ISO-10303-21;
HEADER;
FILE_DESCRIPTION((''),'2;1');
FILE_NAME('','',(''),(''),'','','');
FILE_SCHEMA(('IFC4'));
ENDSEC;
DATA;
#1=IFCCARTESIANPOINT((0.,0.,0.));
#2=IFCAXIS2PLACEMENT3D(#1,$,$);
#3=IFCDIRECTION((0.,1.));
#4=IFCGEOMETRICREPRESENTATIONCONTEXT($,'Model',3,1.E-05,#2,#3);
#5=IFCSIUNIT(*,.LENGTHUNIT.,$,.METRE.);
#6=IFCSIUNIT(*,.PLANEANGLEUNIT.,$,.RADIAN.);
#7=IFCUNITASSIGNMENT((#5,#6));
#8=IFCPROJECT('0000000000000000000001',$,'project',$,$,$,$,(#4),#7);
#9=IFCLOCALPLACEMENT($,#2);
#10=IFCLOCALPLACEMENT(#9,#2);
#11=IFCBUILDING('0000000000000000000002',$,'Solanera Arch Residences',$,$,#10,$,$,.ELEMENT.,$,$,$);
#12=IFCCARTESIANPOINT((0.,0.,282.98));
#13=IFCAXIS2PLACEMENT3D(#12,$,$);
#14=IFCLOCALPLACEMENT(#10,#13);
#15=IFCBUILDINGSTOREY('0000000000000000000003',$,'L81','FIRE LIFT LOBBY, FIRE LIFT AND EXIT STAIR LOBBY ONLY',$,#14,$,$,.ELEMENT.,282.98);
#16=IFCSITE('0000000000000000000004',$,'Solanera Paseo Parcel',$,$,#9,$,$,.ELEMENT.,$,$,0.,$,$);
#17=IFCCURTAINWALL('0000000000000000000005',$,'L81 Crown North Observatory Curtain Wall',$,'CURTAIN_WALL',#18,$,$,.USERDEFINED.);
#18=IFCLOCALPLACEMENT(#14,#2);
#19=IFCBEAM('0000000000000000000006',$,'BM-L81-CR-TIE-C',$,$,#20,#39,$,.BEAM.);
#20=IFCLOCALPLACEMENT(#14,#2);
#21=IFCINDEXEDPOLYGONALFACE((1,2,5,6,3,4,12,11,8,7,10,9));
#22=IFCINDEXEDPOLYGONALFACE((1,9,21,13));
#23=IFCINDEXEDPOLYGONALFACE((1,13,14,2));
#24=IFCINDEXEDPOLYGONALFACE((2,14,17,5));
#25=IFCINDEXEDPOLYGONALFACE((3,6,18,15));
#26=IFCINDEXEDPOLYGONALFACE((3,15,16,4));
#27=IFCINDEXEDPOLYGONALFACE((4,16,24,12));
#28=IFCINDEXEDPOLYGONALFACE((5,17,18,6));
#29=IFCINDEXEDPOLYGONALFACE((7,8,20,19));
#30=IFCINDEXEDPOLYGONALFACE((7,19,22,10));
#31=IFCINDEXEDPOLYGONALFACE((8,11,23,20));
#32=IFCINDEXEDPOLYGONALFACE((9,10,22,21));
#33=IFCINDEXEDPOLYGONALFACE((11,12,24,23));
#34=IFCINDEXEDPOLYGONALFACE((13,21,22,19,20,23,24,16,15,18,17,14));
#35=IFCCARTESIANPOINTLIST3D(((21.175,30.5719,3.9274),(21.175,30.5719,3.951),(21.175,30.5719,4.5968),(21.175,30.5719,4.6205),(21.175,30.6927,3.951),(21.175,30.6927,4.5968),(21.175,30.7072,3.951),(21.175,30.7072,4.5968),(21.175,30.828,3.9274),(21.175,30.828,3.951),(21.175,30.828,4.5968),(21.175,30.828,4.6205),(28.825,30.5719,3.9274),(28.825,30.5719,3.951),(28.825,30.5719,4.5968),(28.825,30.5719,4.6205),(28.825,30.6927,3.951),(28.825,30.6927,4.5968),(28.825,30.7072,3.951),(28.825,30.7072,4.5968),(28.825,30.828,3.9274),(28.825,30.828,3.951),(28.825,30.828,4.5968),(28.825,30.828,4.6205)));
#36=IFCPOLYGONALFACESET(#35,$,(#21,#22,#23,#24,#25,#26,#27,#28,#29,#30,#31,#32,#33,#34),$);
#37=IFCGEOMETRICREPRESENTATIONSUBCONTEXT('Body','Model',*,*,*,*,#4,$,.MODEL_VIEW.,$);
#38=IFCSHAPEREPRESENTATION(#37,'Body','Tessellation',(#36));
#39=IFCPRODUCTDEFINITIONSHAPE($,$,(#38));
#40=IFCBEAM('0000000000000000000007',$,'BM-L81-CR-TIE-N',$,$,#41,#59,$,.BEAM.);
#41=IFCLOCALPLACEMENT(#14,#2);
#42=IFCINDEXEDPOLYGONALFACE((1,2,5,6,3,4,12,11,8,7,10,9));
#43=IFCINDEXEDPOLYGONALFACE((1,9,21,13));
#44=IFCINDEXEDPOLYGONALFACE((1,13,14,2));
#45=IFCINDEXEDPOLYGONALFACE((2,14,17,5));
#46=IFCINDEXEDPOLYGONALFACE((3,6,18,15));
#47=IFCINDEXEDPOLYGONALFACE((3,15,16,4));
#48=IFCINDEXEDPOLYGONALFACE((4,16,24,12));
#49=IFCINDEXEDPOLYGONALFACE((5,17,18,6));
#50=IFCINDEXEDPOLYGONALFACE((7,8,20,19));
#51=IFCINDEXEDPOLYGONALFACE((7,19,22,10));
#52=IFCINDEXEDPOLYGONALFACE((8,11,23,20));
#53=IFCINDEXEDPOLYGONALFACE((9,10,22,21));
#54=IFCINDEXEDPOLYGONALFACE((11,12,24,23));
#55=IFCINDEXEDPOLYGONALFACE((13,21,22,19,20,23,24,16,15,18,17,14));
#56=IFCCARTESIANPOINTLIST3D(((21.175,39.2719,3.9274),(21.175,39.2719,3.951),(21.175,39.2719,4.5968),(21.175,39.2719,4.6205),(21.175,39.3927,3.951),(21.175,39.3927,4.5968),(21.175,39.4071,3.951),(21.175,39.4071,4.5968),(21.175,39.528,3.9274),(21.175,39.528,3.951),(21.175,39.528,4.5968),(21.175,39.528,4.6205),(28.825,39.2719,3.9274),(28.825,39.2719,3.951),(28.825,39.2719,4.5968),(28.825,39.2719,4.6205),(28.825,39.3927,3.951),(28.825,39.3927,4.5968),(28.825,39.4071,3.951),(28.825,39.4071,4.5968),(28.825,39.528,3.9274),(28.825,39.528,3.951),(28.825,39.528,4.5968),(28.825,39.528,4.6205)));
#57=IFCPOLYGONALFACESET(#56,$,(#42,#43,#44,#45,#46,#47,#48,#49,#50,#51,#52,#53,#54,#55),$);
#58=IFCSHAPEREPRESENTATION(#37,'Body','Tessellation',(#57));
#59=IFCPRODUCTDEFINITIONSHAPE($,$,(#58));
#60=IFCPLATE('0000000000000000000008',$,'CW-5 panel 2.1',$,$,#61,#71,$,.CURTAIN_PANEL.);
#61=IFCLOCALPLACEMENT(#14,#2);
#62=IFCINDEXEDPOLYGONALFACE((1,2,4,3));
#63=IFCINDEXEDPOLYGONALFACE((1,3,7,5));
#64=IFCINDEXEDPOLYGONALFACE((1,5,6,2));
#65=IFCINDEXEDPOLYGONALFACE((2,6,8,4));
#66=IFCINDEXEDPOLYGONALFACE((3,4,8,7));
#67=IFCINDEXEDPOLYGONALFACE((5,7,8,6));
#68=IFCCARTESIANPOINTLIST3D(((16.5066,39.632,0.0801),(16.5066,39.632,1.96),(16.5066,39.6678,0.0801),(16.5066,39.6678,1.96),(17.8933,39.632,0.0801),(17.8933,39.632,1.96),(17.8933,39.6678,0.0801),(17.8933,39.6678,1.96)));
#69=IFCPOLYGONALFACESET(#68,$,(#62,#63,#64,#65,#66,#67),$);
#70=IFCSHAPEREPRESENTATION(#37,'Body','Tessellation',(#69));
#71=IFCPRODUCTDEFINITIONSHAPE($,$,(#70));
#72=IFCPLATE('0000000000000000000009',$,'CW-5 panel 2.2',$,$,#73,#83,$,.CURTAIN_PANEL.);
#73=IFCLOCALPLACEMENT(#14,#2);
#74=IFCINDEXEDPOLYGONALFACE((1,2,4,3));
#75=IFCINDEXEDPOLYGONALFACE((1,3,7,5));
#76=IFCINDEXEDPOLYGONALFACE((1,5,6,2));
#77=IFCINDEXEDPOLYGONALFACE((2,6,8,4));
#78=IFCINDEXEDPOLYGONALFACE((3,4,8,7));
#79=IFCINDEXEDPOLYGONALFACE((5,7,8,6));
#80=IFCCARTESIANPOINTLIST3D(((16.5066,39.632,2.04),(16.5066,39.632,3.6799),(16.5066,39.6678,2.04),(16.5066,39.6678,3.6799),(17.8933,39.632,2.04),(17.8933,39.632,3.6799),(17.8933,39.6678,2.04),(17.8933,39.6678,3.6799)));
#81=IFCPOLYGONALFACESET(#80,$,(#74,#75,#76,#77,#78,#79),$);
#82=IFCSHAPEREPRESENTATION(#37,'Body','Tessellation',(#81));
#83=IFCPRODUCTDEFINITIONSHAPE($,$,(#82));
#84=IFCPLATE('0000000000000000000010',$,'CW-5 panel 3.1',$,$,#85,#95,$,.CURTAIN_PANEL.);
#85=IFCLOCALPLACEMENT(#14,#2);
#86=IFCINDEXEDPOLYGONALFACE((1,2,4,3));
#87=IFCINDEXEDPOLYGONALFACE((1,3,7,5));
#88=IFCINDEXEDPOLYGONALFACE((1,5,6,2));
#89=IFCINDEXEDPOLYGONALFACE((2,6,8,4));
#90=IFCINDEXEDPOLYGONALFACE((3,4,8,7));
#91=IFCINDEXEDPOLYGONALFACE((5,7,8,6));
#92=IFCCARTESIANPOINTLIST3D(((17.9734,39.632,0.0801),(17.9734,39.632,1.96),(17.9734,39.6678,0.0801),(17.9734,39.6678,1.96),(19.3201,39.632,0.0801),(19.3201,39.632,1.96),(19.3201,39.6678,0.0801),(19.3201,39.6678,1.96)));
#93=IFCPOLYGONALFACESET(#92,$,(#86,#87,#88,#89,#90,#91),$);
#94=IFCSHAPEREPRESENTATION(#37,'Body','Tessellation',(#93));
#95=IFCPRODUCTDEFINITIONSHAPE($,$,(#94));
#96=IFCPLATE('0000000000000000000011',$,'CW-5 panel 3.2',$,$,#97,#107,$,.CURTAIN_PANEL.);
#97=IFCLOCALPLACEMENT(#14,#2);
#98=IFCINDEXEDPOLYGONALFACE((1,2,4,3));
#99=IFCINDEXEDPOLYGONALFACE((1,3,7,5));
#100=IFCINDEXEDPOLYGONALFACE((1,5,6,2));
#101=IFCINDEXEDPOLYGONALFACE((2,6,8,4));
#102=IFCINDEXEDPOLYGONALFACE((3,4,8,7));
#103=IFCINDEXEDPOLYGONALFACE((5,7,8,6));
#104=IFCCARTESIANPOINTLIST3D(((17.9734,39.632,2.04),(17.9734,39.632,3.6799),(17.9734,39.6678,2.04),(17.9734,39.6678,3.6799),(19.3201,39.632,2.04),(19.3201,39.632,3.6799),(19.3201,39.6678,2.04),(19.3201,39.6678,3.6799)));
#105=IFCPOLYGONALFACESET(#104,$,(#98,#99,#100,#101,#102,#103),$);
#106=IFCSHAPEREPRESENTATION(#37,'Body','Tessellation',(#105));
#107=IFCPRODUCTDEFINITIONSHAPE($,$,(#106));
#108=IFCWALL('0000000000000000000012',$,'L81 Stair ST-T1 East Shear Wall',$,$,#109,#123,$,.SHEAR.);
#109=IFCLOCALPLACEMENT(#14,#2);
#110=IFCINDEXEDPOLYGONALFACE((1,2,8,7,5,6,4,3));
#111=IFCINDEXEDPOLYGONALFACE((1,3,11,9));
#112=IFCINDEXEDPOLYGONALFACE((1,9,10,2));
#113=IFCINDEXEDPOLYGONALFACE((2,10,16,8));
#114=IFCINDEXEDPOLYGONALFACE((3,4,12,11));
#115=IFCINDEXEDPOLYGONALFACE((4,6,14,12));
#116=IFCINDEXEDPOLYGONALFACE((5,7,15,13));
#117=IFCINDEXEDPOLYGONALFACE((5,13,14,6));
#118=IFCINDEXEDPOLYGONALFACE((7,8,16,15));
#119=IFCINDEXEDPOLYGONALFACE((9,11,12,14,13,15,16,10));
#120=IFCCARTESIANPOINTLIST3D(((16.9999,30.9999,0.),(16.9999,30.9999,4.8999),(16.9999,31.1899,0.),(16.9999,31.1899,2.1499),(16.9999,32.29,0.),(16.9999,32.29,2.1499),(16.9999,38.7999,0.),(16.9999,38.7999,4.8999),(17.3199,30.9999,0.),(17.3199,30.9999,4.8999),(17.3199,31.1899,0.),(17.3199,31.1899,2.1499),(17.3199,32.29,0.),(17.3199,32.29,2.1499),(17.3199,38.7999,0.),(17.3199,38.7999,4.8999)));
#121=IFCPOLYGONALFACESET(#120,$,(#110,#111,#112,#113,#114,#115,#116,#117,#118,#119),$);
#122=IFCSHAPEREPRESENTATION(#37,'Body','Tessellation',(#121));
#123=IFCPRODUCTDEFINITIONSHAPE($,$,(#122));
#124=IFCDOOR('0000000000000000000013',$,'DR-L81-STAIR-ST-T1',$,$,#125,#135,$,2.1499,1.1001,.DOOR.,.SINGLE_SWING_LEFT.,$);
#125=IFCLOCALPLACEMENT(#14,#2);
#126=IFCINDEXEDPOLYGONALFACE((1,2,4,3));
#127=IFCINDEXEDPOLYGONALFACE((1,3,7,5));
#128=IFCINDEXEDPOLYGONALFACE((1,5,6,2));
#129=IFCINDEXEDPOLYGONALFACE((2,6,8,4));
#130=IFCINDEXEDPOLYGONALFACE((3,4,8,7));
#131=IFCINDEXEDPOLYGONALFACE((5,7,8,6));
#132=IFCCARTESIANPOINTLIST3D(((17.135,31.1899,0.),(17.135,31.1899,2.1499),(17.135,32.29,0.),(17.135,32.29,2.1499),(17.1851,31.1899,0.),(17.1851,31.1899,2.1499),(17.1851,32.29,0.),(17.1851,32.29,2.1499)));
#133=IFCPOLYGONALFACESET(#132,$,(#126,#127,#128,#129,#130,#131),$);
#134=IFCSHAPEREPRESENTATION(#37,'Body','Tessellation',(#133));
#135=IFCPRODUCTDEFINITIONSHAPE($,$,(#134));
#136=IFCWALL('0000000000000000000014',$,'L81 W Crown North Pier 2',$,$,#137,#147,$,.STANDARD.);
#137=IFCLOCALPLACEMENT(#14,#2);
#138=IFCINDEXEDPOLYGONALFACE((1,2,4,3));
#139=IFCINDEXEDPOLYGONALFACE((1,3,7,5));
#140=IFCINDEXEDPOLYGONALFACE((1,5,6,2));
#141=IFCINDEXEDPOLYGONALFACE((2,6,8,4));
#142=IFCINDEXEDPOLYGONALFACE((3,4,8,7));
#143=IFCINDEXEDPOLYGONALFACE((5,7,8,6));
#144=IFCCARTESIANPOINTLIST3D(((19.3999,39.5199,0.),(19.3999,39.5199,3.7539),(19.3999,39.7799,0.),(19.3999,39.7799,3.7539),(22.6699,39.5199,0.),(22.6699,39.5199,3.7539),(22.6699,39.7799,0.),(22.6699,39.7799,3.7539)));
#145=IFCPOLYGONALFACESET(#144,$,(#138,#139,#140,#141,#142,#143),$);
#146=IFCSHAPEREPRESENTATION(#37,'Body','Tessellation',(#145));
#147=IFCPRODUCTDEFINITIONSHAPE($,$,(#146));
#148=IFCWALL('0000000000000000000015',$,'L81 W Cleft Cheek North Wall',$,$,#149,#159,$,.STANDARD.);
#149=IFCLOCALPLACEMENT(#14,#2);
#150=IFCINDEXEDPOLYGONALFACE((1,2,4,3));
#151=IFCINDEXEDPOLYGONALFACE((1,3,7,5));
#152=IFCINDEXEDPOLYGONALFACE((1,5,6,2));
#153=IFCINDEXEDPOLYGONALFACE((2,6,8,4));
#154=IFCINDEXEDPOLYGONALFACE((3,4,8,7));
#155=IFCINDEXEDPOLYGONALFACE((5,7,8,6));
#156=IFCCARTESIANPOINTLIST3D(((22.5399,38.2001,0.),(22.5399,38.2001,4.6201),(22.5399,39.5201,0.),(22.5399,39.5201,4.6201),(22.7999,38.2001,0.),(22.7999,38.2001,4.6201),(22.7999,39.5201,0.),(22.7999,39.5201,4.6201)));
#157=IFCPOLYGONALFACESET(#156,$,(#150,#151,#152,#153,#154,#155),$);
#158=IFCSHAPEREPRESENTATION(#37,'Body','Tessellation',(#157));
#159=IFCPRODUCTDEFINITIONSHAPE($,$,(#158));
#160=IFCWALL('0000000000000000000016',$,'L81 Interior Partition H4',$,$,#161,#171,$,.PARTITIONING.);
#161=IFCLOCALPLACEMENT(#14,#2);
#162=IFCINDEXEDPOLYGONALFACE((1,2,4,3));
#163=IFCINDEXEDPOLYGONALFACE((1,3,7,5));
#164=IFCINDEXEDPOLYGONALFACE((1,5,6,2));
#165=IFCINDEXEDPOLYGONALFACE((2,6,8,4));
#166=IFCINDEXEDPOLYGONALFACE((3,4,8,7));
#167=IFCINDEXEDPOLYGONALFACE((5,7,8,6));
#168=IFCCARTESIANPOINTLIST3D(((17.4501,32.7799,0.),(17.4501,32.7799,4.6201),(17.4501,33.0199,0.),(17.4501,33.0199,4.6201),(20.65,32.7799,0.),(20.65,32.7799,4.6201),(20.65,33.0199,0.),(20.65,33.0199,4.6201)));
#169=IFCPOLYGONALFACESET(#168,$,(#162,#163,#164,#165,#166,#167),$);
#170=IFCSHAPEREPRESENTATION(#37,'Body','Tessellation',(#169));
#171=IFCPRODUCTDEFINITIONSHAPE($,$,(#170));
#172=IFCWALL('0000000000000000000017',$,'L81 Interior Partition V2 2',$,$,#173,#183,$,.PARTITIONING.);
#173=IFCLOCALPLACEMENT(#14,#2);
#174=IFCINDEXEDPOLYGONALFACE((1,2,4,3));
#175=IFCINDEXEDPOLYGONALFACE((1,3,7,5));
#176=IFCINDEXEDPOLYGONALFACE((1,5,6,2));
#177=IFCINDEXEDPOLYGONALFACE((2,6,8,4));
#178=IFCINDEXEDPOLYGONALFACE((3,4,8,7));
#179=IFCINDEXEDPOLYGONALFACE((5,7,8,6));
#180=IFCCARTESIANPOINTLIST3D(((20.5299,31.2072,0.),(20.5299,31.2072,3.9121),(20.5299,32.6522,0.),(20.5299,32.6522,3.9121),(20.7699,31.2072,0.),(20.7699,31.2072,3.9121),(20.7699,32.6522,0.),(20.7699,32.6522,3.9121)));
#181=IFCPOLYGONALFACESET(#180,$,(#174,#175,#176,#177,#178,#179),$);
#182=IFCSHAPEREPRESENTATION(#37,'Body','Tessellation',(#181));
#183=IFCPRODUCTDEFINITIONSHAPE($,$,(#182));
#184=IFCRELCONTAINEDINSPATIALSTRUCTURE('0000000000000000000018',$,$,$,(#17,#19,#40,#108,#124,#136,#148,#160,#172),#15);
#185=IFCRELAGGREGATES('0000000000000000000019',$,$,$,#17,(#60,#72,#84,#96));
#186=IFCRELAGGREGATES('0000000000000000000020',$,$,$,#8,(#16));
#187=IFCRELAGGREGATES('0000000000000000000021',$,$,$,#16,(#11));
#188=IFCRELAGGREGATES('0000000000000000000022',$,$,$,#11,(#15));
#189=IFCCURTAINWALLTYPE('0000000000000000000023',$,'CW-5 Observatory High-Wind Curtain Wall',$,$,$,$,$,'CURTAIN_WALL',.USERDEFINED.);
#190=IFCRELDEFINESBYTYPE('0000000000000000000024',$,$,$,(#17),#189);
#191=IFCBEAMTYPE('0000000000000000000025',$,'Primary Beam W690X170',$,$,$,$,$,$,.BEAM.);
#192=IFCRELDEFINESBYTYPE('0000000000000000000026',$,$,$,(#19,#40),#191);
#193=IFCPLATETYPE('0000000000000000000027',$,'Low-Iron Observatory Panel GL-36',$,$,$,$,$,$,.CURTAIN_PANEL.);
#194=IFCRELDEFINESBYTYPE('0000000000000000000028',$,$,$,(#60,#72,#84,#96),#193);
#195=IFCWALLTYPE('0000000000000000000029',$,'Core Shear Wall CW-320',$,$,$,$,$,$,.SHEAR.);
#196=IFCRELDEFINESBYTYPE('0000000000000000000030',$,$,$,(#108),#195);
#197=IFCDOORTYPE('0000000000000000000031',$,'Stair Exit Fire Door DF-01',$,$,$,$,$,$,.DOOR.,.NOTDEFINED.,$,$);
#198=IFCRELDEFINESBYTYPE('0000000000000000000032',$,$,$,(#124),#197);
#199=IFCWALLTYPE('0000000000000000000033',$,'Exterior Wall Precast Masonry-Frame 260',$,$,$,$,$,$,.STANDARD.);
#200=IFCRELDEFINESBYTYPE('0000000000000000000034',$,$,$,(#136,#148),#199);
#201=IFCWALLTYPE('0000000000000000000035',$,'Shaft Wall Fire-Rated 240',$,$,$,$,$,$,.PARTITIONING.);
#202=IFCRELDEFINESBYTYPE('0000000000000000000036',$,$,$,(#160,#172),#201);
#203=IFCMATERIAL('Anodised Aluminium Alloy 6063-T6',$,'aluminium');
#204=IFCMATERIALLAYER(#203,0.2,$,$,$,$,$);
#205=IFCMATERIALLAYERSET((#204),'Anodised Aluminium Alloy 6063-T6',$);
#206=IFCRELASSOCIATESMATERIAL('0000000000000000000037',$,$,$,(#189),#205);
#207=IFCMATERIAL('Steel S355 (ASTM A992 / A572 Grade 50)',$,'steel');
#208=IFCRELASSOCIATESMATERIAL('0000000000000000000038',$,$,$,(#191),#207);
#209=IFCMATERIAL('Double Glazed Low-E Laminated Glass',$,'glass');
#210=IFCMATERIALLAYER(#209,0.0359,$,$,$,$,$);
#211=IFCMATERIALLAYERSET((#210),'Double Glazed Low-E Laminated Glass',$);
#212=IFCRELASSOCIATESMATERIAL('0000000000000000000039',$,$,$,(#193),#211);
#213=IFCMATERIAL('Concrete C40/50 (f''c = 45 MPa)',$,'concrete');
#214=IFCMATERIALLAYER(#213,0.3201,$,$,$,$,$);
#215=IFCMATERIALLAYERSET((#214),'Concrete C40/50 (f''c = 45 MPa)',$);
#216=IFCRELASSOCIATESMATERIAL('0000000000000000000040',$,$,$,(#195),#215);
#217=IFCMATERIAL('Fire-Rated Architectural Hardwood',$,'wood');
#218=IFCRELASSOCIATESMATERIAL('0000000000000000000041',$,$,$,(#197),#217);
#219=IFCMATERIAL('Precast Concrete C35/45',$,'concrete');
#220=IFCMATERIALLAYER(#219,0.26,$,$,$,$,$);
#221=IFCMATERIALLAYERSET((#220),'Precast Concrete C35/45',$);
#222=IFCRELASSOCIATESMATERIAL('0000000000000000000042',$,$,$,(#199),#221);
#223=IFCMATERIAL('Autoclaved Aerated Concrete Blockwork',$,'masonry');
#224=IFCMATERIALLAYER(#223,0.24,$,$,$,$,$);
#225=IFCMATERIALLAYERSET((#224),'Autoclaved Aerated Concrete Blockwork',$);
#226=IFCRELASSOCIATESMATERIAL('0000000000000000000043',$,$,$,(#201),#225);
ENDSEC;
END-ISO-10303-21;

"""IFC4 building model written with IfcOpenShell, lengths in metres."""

from ifc_helpers import new_model, si_unit, direction, frame, frame_2d, origin, origin_2d, place, context, subcontext, project, spatial, rectangle, i_section, extrude, material, layer, layer_set, material_profile, profile_set, type_object, element, fill, aggregate, save


model = new_model("IFC4")

# Units and contexts
model_context = context("Model", 3, precision=1e-05, world=origin(), true_north=direction((0.0, 1.0)))
body_context = subcontext(model_context, "Body", "Model", "MODEL_VIEW")
ifc_project = project(units=[si_unit("LENGTHUNIT", "METRE"), si_unit("PLANEANGLEUNIT", "RADIAN")], contexts=[model_context])

# Site, building, storey
site_placement = place(None, origin())
site = spatial("IfcSite", under=ifc_project, at=site_placement, Name="Solanera Paseo Parcel", CompositionType="ELEMENT", RefElevation=0.0)
building_placement = place(site_placement, origin())
building = spatial("IfcBuilding", under=site, at=building_placement, Name="Solanera Arch Residences", CompositionType="ELEMENT")
storey_placement = place(building_placement, frame((0.0, 0.0, 282.98)))
storey = spatial("IfcBuildingStorey", under=building, at=storey_placement, Name="L81", Description="FIRE LIFT LOBBY, FIRE LIFT AND EXIT STAIR LOBBY ONLY", CompositionType="ELEMENT", Elevation=282.98)

# Curtain wall
ifc_material_1 = material(Name="Anodised Aluminium Alloy 6063-T6", Category="aluminium")
ifc_layer_1 = layer(ifc_material_1, 0.2)
ifc_layer_set_1 = layer_set([ifc_layer_1], Name="Anodised Aluminium Alloy 6063-T6")
curtain_wall_type = type_object("IfcCurtainWallType", Name="CW-5 Observatory High-Wind Curtain Wall", ElementType="CURTAIN_WALL", PredefinedType="USERDEFINED", material=ifc_layer_set_1)
curtain_wall_placement = place(storey_placement, origin())
curtain_wall = element("IfcCurtainWall", 1, at=curtain_wall_placement, inside=storey, type_object=curtain_wall_type, Name="L81 Crown North Observatory Curtain Wall", ObjectType="CURTAIN_WALL", PredefinedType="USERDEFINED")

# Beams
ifc_material_2 = material(Name="Steel S355 (ASTM A992 / A572 Grade 50)", Category="steel")
ifc_material_profile_1 = material_profile(ifc_material_2, i_section(OverallWidth=0.2561, OverallDepth=0.6931, WebThickness=0.0144, FlangeThickness=0.0237, at=origin_2d()))
ifc_profile_set_1 = profile_set([ifc_material_profile_1], Name="Steel S355 (ASTM A992 / A572 Grade 50)")
beam_type = type_object("IfcBeamType", Name="Primary Beam W690X170", PredefinedType="BEAM", material=ifc_profile_set_1)
for number, where, z_axis, x_axis, name in (
    (2, (21.175, 30.7, 4.2739), (1.0, 0.0, 0.0), (0.0, 1.0, 0.0), "BM-L81-CR-TIE-C"),
    (3, (21.175, 39.3999, 4.2739), (1.0, 0.0, 0.0), (0.0, 1.0, 0.0), "BM-L81-CR-TIE-N"),
):
    element("IfcBeam", number, at=place(storey_placement, frame(where, z_axis=z_axis, x_axis=x_axis)), inside=storey, type_object=beam_type, Name=name, PredefinedType="BEAM", context=body_context, shape_type="SweptSolid", body=[
        extrude(i_section(OverallWidth=0.2561, OverallDepth=0.6931, WebThickness=0.0144, FlangeThickness=0.0237, at=origin_2d()), origin(), (0.0, 0.0, 1.0), 7.6499),
    ])

# Plates
ifc_material_3 = material(Name="Double Glazed Low-E Laminated Glass", Category="glass")
ifc_layer_2 = layer(ifc_material_3, 0.0359)
ifc_layer_set_2 = layer_set([ifc_layer_2], Name="Double Glazed Low-E Laminated Glass")
plate_type = type_object("IfcPlateType", Name="Low-Iron Observatory Panel GL-36", PredefinedType="CURTAIN_PANEL", material=ifc_layer_set_2)
plate_1_placement = place(storey_placement, frame((17.2, 39.6499, 0.0801), z_axis=(0.0, 0.0, 1.0), x_axis=(1.0, 0.0, 0.0)))
plate_1 = element("IfcPlate", 4, at=plate_1_placement, type_object=plate_type, Name="CW-5 panel 2.1", PredefinedType="CURTAIN_PANEL", context=body_context, shape_type="SweptSolid", body=[
    extrude(rectangle(XDim=1.3867, YDim=0.0359, at=origin_2d()), origin(), (0.0, 0.0, 1.0), 1.8799),
])
plate_2_placement = place(storey_placement, frame((17.2, 39.6499, 2.04), z_axis=(0.0, 0.0, 1.0), x_axis=(1.0, 0.0, 0.0)))
plate_2 = element("IfcPlate", 5, at=plate_2_placement, type_object=plate_type, Name="CW-5 panel 2.2", PredefinedType="CURTAIN_PANEL", context=body_context, shape_type="SweptSolid", body=[
    extrude(rectangle(XDim=1.3867, YDim=0.0359, at=origin_2d()), origin(), (0.0, 0.0, 1.0), 1.6399),
])
plate_3_placement = place(storey_placement, frame((18.6467, 39.6499, 0.0801), z_axis=(0.0, 0.0, 1.0), x_axis=(1.0, 0.0, 0.0)))
plate_3 = element("IfcPlate", 6, at=plate_3_placement, type_object=plate_type, Name="CW-5 panel 3.1", PredefinedType="CURTAIN_PANEL", context=body_context, shape_type="SweptSolid", body=[
    extrude(rectangle(XDim=1.3467, YDim=0.0359, at=origin_2d()), origin(), (0.0, 0.0, 1.0), 1.8799),
])
plate_4_placement = place(storey_placement, frame((18.6467, 39.6499, 2.04), z_axis=(0.0, 0.0, 1.0), x_axis=(1.0, 0.0, 0.0)))
plate_4 = element("IfcPlate", 7, at=plate_4_placement, type_object=plate_type, Name="CW-5 panel 3.2", PredefinedType="CURTAIN_PANEL", context=body_context, shape_type="SweptSolid", body=[
    extrude(rectangle(XDim=1.3467, YDim=0.0359, at=origin_2d()), origin(), (0.0, 0.0, 1.0), 1.6399),
])
aggregate(curtain_wall, [plate_1, plate_2, plate_3, plate_4])

# Wall, opening, door
ifc_material_4 = material(Name="Concrete C40/50 (f'c = 45 MPa)", Category="concrete")
ifc_layer_3 = layer(ifc_material_4, 0.3201)
ifc_layer_set_3 = layer_set([ifc_layer_3], Name="Concrete C40/50 (f'c = 45 MPa)")
wall_type_1 = type_object("IfcWallType", Name="Core Shear Wall CW-320", PredefinedType="SHEAR", material=ifc_layer_set_3)
wall_1_placement = place(storey_placement, frame((17.1599, 31.0, 0.0), z_axis=(0.0, 0.0, 1.0), x_axis=(0.0, 1.0, 0.0)))
wall_1 = element("IfcWall", 8, at=wall_1_placement, inside=storey, type_object=wall_type_1, Name="L81 Stair ST-T1 East Shear Wall", PredefinedType="SHEAR", context=body_context, shape_type="SweptSolid", body=[
    extrude(rectangle(XDim=7.8, YDim=0.3201, at=frame_2d((3.8999, 0.0))), origin(), (0.0, 0.0, 1.0), 4.8999),
])
opening_placement = place(wall_1_placement, frame((0.1899, 0.0, 0.0)))
opening = element("IfcOpeningElement", 9, at=opening_placement, cuts=wall_1, PredefinedType="OPENING", context=body_context, shape_type="SweptSolid", body=[
    extrude(rectangle(XDim=1.1001, YDim=2.1499, at=frame_2d((0.55, 1.075))), frame((0.0, 0.1699, 0.0), z_axis=(0.0, -1.0, 0.0), x_axis=(1.0, 0.0, 0.0)), (0.0, 0.0, 1.0), 0.3401),
])
ifc_material_5 = material(Name="Fire-Rated Architectural Hardwood", Category="wood")
door_type = type_object("IfcDoorType", Name="Stair Exit Fire Door DF-01", OperationType="NOTDEFINED", PredefinedType="DOOR", material=ifc_material_5)
door_placement = place(opening_placement, origin())
door = element("IfcDoor", 10, at=door_placement, inside=storey, type_object=door_type, Name="DR-L81-STAIR-ST-T1", OperationType="SINGLE_SWING_LEFT", OverallHeight=2.1499, OverallWidth=1.1001, PredefinedType="DOOR", context=body_context, shape_type="SweptSolid", body=[
    extrude(rectangle(XDim=1.1001, YDim=2.1499, at=frame_2d((0.55, 1.075))), frame((0.0, 0.0249, 0.0), z_axis=(0.0, -1.0, 0.0), x_axis=(1.0, 0.0, 0.0)), (0.0, 0.0, 1.0), 0.05),
])
fill(opening, door)

# Walls
ifc_material_6 = material(Name="Precast Concrete C35/45", Category="concrete")
ifc_layer_4 = layer(ifc_material_6, 0.26)
ifc_layer_set_4 = layer_set([ifc_layer_4], Name="Precast Concrete C35/45")
wall_type_2 = type_object("IfcWallType", Name="Exterior Wall Precast Masonry-Frame 260", PredefinedType="STANDARD", material=ifc_layer_set_4)
wall_2_placement = place(storey_placement, frame((19.3999, 39.6499, 0.0), z_axis=(0.0, 0.0, 1.0), x_axis=(1.0, 0.0, 0.0)))
element("IfcWall", 11, at=wall_2_placement, inside=storey, type_object=wall_type_2, Name="L81 W Crown North Pier 2", PredefinedType="STANDARD", context=body_context, shape_type="SweptSolid", body=[
    extrude(rectangle(XDim=3.27, YDim=0.26, at=frame_2d((1.635, 0.0))), origin(), (0.0, 0.0, 1.0), 3.7539),
])
wall_3_placement = place(storey_placement, frame((22.6699, 38.2, 0.0), z_axis=(0.0, 0.0, 1.0), x_axis=(0.0, 1.0, 0.0)))
element("IfcWall", 12, at=wall_3_placement, inside=storey, type_object=wall_type_2, Name="L81 W Cleft Cheek North Wall", PredefinedType="STANDARD", context=body_context, shape_type="SweptSolid", body=[
    extrude(rectangle(XDim=1.3201, YDim=0.26, at=frame_2d((0.6602, 0.0))), origin(), (0.0, 0.0, 1.0), 4.6201),
])
ifc_material_7 = material(Name="Autoclaved Aerated Concrete Blockwork", Category="masonry")
ifc_layer_5 = layer(ifc_material_7, 0.24)
ifc_layer_set_5 = layer_set([ifc_layer_5], Name="Autoclaved Aerated Concrete Blockwork")
wall_type_3 = type_object("IfcWallType", Name="Shaft Wall Fire-Rated 240", PredefinedType="PARTITIONING", material=ifc_layer_set_5)
wall_4_placement = place(storey_placement, frame((17.45, 32.8999, 0.0), z_axis=(0.0, 0.0, 1.0), x_axis=(1.0, 0.0, 0.0)))
element("IfcWall", 13, at=wall_4_placement, inside=storey, type_object=wall_type_3, Name="L81 Interior Partition H4", PredefinedType="PARTITIONING", context=body_context, shape_type="SweptSolid", body=[
    extrude(rectangle(XDim=3.2, YDim=0.24, at=frame_2d((1.6001, 0.0))), origin(), (0.0, 0.0, 1.0), 4.6201),
])
wall_5_placement = place(storey_placement, frame((20.6499, 31.207, 0.0), z_axis=(0.0, 0.0, 1.0), x_axis=(0.0, 1.0, 0.0)))
element("IfcWall", 14, at=wall_5_placement, inside=storey, type_object=wall_type_3, Name="L81 Interior Partition V2 2", PredefinedType="PARTITIONING", context=body_context, shape_type="SweptSolid", body=[
    extrude(rectangle(XDim=1.4451, YDim=0.24, at=frame_2d((0.7227, 0.0))), origin(), (0.0, 0.0, 1.0), 3.9121),
])

save(model, "model.ifc")
